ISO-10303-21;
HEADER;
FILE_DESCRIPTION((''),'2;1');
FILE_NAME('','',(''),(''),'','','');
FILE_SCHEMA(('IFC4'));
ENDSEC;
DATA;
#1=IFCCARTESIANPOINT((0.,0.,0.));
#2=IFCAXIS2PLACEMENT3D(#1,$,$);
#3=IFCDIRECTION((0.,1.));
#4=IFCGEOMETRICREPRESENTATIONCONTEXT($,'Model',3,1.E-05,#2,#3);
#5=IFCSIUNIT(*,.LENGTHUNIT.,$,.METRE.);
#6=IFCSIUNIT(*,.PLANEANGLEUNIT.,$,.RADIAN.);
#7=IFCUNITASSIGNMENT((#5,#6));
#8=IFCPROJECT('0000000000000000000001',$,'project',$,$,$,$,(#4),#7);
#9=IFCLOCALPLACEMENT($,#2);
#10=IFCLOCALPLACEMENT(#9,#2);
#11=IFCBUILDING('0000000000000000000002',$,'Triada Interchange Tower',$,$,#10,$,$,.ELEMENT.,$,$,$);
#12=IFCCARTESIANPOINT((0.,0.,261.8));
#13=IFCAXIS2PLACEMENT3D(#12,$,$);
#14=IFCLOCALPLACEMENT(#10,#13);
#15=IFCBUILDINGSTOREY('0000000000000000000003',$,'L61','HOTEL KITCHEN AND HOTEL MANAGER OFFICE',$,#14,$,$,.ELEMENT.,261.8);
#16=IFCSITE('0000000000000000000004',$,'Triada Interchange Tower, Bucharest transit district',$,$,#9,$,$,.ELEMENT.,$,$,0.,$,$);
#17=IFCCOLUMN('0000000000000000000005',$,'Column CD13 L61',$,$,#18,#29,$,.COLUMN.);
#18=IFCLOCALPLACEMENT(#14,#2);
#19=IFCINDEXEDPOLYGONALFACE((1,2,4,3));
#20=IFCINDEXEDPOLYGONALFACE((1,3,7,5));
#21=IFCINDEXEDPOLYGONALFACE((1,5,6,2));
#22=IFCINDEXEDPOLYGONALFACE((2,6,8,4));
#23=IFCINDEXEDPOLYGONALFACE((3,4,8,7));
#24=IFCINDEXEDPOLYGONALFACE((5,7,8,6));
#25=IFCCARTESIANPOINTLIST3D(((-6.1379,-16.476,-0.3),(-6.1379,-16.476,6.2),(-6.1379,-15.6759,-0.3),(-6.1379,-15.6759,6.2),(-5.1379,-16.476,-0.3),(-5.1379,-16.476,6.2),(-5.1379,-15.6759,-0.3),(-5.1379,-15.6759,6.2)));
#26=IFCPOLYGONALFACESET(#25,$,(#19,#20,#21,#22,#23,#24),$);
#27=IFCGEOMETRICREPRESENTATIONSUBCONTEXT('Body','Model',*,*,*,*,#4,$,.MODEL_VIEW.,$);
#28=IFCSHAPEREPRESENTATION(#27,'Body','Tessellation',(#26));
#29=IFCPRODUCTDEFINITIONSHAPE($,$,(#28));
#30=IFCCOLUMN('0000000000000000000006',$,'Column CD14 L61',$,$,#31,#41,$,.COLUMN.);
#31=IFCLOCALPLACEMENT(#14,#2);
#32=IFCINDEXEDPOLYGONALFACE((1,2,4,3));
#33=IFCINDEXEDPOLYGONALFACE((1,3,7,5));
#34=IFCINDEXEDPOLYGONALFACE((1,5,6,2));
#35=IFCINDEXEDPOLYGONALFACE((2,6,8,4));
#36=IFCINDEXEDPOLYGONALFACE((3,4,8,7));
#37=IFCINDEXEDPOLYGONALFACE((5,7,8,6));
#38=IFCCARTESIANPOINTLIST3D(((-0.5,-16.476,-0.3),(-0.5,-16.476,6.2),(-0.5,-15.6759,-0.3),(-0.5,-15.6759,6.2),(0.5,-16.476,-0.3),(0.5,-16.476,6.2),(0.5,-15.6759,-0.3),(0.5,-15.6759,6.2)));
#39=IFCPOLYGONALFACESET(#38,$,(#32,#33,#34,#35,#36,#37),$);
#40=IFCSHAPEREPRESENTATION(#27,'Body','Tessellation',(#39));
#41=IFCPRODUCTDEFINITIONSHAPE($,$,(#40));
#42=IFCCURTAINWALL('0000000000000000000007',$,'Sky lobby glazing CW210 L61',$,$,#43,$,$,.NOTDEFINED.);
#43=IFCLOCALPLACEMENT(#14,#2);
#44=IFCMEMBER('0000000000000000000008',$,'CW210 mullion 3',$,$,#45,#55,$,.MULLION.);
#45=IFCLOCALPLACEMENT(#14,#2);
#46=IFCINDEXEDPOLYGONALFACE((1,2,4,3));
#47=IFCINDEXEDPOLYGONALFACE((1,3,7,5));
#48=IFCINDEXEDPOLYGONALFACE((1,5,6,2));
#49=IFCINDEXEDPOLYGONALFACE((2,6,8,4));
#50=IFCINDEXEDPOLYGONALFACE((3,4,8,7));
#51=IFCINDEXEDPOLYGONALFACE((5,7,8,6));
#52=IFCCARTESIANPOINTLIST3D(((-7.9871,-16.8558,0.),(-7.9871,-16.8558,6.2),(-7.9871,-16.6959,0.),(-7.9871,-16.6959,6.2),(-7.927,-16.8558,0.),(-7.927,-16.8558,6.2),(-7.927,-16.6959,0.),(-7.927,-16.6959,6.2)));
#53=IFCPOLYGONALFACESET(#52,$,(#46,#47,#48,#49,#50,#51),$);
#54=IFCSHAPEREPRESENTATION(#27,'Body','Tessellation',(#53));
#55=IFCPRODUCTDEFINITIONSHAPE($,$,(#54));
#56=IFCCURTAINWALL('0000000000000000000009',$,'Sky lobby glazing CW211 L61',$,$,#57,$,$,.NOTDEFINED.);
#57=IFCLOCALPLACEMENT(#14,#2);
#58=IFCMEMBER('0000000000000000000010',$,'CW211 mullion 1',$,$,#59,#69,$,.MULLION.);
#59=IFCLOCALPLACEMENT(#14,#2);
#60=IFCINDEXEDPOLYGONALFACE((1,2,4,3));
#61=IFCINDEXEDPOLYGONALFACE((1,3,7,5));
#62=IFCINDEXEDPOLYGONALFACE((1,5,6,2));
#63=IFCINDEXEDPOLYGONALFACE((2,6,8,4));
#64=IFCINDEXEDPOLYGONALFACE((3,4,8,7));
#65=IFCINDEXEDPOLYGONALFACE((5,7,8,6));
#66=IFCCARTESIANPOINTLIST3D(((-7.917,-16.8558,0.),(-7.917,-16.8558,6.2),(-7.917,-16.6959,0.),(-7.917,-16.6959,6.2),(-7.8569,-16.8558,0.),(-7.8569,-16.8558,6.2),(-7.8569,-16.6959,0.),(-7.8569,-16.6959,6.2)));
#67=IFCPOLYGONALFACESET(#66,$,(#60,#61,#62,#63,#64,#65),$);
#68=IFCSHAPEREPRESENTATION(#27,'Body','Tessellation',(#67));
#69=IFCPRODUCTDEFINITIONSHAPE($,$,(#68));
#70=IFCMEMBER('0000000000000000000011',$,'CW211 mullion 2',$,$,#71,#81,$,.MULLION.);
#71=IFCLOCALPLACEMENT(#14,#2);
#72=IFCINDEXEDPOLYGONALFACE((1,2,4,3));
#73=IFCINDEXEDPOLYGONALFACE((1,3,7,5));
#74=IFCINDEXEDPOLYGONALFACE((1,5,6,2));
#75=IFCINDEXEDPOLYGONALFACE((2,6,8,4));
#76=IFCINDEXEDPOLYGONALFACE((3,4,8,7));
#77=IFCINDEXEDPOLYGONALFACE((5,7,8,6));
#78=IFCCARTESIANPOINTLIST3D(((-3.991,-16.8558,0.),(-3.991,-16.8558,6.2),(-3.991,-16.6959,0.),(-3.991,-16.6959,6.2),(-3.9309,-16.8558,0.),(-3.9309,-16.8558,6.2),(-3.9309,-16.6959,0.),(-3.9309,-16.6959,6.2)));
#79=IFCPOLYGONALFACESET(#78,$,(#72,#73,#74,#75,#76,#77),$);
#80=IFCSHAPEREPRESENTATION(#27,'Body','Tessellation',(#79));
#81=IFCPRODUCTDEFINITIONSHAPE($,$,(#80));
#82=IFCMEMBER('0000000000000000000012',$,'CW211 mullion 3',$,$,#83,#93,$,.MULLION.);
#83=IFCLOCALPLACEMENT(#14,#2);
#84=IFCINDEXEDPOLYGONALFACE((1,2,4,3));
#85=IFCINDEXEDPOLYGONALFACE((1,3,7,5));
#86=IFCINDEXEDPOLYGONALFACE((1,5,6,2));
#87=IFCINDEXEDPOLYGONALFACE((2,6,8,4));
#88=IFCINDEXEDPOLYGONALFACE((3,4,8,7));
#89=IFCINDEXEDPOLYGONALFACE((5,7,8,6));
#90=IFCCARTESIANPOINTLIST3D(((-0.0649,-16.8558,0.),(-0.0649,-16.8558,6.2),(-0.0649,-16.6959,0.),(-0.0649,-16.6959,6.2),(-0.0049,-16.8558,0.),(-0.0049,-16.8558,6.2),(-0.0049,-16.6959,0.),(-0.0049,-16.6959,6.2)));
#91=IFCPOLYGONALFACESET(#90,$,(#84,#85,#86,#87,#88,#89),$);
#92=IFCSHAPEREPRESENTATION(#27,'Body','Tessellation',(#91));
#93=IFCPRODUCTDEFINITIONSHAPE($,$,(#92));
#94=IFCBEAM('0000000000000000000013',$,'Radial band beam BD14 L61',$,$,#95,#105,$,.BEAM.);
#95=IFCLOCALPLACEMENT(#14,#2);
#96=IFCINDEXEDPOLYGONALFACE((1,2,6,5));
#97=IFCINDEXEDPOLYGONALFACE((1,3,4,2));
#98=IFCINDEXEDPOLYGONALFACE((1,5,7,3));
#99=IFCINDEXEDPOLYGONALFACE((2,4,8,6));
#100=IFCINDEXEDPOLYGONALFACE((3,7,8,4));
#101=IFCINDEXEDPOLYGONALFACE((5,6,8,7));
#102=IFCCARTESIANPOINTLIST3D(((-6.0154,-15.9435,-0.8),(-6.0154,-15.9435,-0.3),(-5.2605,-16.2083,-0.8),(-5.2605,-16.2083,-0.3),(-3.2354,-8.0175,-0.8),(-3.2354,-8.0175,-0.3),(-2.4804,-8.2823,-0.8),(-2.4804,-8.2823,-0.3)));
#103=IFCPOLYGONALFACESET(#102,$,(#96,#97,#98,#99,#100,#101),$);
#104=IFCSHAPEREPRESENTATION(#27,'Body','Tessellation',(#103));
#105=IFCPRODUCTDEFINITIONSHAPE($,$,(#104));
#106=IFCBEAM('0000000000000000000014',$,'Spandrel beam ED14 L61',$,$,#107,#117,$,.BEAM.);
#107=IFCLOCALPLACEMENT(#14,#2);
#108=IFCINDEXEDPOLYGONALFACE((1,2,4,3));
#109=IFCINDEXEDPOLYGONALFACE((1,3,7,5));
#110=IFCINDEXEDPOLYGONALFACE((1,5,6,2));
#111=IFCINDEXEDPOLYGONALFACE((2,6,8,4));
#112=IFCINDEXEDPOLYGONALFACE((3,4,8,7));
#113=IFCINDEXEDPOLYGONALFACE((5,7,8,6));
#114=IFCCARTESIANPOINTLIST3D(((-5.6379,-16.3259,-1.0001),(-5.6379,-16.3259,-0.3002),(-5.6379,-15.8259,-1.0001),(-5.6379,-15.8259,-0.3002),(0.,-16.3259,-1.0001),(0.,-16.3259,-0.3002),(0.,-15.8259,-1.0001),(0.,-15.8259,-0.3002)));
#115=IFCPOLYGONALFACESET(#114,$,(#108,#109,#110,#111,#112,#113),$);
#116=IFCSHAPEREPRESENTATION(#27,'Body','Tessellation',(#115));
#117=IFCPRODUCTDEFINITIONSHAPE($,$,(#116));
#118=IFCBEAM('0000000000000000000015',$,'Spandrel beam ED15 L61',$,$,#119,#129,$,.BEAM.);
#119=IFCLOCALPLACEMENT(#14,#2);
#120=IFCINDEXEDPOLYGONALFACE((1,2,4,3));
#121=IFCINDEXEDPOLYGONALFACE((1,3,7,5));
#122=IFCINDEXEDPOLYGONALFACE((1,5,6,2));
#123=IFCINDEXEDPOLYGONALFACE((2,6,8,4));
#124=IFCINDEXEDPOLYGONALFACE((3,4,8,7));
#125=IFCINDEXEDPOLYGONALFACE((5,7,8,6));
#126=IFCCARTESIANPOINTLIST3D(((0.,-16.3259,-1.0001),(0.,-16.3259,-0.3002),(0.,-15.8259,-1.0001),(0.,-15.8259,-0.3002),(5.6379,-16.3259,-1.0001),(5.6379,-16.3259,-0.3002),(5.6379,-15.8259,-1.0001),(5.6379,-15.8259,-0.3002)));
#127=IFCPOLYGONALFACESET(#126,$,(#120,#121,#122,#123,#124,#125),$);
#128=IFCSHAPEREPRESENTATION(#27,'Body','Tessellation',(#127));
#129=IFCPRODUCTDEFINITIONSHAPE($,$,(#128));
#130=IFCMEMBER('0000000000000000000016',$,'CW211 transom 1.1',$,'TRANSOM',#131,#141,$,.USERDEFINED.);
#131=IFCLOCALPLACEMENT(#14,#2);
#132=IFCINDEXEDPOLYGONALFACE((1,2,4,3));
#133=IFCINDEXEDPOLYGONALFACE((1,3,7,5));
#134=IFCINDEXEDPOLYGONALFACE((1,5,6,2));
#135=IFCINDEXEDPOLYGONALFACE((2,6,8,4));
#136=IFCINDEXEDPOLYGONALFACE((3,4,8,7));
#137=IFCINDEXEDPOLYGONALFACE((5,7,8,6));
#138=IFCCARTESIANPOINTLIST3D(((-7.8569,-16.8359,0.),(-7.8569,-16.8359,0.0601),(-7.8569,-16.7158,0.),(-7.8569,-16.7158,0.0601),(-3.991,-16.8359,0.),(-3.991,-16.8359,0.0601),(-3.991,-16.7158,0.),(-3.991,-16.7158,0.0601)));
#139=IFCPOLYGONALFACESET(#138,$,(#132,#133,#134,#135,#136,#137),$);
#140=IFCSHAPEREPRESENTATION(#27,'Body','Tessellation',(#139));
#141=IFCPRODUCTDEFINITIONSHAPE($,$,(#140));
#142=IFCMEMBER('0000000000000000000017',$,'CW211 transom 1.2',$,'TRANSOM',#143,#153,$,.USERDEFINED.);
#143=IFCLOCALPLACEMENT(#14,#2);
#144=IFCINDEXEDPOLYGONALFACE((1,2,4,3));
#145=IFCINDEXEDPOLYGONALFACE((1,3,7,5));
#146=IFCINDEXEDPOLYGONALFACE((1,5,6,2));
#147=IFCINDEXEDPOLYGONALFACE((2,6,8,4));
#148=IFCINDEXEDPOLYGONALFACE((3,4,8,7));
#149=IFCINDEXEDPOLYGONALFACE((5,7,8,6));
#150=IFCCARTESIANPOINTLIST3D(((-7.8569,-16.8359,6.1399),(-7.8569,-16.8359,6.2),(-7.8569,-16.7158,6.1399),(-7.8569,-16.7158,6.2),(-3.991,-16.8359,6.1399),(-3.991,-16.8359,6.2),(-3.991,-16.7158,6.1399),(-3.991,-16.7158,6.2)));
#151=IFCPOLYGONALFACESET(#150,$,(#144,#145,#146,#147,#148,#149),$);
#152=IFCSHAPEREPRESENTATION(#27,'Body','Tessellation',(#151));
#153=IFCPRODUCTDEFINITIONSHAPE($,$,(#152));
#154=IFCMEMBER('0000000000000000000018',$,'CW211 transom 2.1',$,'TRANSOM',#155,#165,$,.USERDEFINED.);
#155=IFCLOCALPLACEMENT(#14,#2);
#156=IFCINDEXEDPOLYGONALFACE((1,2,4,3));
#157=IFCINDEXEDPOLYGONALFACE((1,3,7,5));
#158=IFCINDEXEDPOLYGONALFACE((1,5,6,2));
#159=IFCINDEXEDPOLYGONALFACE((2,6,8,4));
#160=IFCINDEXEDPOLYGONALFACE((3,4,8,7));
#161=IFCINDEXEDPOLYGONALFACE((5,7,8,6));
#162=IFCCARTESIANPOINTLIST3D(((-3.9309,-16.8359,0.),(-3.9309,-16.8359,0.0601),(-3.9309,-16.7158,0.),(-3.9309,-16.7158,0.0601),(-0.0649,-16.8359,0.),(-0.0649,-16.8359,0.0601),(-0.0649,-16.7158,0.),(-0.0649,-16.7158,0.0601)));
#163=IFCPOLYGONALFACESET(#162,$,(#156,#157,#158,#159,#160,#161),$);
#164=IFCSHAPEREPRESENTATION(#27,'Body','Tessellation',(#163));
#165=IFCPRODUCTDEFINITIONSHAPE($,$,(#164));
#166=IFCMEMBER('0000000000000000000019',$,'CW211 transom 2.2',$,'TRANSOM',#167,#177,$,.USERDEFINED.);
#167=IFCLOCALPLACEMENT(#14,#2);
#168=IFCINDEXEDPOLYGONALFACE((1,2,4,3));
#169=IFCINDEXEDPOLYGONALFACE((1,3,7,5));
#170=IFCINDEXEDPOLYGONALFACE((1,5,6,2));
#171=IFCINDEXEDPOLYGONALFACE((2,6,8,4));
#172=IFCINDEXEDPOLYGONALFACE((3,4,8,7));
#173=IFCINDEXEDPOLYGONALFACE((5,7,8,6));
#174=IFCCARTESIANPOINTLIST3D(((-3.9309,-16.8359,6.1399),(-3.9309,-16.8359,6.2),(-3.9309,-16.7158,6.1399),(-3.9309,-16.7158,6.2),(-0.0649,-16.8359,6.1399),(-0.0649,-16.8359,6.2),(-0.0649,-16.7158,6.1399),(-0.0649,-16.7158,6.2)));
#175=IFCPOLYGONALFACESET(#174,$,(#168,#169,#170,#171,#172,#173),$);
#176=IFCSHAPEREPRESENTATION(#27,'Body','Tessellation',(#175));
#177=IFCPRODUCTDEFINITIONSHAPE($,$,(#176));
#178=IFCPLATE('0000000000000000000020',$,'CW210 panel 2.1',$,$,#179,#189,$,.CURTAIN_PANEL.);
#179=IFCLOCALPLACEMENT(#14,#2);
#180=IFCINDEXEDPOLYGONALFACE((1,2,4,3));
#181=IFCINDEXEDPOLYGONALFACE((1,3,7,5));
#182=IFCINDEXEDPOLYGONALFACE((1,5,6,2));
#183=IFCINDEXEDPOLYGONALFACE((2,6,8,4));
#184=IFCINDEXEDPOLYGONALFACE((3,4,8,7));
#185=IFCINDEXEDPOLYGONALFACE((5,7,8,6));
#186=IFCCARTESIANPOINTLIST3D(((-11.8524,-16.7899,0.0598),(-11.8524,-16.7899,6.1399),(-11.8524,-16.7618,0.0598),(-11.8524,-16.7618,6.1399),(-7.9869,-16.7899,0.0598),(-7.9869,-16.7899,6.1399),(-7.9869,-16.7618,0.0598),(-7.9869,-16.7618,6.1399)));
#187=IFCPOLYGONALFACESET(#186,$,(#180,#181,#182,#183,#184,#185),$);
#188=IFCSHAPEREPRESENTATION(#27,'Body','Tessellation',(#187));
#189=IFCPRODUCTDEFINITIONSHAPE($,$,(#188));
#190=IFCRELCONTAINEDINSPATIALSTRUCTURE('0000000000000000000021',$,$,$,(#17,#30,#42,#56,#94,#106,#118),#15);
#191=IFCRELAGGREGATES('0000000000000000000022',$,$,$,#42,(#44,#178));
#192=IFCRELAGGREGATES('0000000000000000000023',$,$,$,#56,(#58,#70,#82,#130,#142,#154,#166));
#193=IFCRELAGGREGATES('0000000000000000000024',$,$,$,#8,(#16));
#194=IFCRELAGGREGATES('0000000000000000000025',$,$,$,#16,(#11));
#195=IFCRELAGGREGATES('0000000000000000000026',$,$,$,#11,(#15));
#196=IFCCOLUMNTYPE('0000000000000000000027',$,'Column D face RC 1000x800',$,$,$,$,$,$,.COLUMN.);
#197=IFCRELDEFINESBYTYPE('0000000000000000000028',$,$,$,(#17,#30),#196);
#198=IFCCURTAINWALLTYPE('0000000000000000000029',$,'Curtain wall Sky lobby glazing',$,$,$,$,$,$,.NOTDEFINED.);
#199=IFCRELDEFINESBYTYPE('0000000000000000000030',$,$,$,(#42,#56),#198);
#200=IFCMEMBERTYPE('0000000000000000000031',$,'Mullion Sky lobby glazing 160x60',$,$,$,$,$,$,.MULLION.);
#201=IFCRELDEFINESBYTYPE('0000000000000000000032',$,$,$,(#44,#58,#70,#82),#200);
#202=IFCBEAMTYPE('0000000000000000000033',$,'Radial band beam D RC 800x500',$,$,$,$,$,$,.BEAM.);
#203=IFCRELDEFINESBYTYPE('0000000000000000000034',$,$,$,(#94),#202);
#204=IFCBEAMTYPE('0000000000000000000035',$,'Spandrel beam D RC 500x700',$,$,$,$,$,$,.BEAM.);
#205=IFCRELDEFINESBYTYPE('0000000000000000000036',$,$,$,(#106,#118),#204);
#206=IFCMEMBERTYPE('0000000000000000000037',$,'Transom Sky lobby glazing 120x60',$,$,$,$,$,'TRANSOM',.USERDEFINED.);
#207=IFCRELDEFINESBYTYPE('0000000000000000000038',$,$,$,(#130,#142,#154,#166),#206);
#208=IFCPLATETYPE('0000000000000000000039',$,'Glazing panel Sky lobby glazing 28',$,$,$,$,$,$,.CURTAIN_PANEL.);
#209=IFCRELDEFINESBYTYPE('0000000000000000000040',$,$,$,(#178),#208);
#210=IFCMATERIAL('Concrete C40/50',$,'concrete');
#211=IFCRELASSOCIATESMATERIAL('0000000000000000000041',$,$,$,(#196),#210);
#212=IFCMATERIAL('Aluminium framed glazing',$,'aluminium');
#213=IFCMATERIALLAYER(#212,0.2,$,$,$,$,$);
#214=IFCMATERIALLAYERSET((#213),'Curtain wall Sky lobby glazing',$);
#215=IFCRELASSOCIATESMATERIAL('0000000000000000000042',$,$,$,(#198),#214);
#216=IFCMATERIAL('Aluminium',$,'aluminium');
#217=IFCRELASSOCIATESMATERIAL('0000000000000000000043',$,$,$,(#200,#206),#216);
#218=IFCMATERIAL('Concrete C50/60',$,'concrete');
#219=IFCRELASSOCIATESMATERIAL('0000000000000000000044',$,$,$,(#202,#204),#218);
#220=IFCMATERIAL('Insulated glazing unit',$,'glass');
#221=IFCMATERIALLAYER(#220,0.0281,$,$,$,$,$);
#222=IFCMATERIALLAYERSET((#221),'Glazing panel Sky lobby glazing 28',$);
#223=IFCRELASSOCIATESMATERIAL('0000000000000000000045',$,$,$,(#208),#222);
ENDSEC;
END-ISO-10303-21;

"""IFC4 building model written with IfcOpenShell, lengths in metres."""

from ifc_helpers import new_model, si_unit, direction, frame, origin, origin_2d, place, context, subcontext, project, spatial, rectangle, extrude, material, layer, layer_set, material_profile, profile_set, type_object, element, aggregate, save


model = new_model("IFC4")

# Units and contexts
model_context = context("Model", 3, precision=1e-05, world=origin(), true_north=direction((0.0, 1.0)))
body_context = subcontext(model_context, "Body", "Model", "MODEL_VIEW")
ifc_project = project(units=[si_unit("LENGTHUNIT", "METRE"), si_unit("PLANEANGLEUNIT", "RADIAN")], contexts=[model_context])

# Site, building, storey
site_placement = place(None, origin())
site = spatial("IfcSite", under=ifc_project, at=site_placement, Name="Triada Interchange Tower, Bucharest transit district", CompositionType="ELEMENT", RefElevation=0.0)
building_placement = place(site_placement, origin())
building = spatial("IfcBuilding", under=site, at=building_placement, Name="Triada Interchange Tower", CompositionType="ELEMENT")
storey_placement = place(building_placement, frame((0.0, 0.0, 261.8)))
storey = spatial("IfcBuildingStorey", under=building, at=storey_placement, Name="L61", Description="HOTEL KITCHEN AND HOTEL MANAGER OFFICE", CompositionType="ELEMENT", Elevation=261.8)

# Columns
ifc_material_1 = material(Name="Concrete C40/50", Category="concrete")
ifc_material_profile_1 = material_profile(ifc_material_1, rectangle(XDim=1.0, YDim=0.8, at=origin_2d()), Name="RC 1000x800")
ifc_profile_set_1 = profile_set([ifc_material_profile_1], Name="Concrete C40/50")
column_type = type_object("IfcColumnType", Name="Column D face RC 1000x800", PredefinedType="COLUMN", material=ifc_profile_set_1)
for number, where, z_axis, x_axis, name in (
    (1, (-5.6379, -16.0759, -0.3), (0.0, 0.0, 1.0), (1.0, 0.0, 0.0), "Column CD13 L61"),
    (2, (0.0, -16.0759, -0.3), (0.0, 0.0, 1.0), (1.0, 0.0, 0.0), "Column CD14 L61"),
):
    element("IfcColumn", number, at=place(storey_placement, frame(where, z_axis=z_axis, x_axis=x_axis)), inside=storey, type_object=column_type, Name=name, PredefinedType="COLUMN", context=body_context, shape_type="SweptSolid", body=[
        extrude(rectangle(XDim=1.0, YDim=0.8, at=origin_2d()), origin(), (0.0, 0.0, 1.0), 6.5),
    ])

# Curtain wall, member
ifc_material_2 = material(Name="Aluminium framed glazing", Category="aluminium")
ifc_layer_1 = layer(ifc_material_2, 0.2)
ifc_layer_set_1 = layer_set([ifc_layer_1], Name="Curtain wall Sky lobby glazing")
curtain_wall_type = type_object("IfcCurtainWallType", Name="Curtain wall Sky lobby glazing", PredefinedType="NOTDEFINED", material=ifc_layer_set_1)
curtain_wall_1_placement = place(storey_placement, origin())
curtain_wall_1 = element("IfcCurtainWall", 3, at=curtain_wall_1_placement, inside=storey, type_object=curtain_wall_type, Name="Sky lobby glazing CW210 L61", PredefinedType="NOTDEFINED")
ifc_material_3 = material(Name="Aluminium", Category="aluminium")
ifc_material_profile_2 = material_profile(ifc_material_3, rectangle(XDim=0.1599, YDim=0.0601, at=origin_2d()), Name="Aluminium mullion")
ifc_profile_set_2 = profile_set([ifc_material_profile_2], Name="Aluminium")
member_type_1 = type_object("IfcMemberType", Name="Mullion Sky lobby glazing 160x60", PredefinedType="MULLION", material=ifc_profile_set_2)
member_1_placement = place(storey_placement, frame((-7.957, -16.7759, 0.0), z_axis=(0.0, 0.0, 1.0), x_axis=(0.0, 1.0, 0.0)))
member_1 = element("IfcMember", 4, at=member_1_placement, type_object=member_type_1, Name="CW210 mullion 3", PredefinedType="MULLION", context=body_context, shape_type="SweptSolid", body=[
    extrude(rectangle(XDim=0.1599, YDim=0.0601, at=origin_2d()), origin(), (0.0, 0.0, 1.0), 6.2),
])

# Curtain wall, members
curtain_wall_2_placement = place(storey_placement, origin())
curtain_wall_2 = element("IfcCurtainWall", 5, at=curtain_wall_2_placement, inside=storey, type_object=curtain_wall_type, Name="Sky lobby glazing CW211 L61", PredefinedType="NOTDEFINED")
member_2_placement = place(storey_placement, frame((-7.887, -16.7759, 0.0), z_axis=(0.0, 0.0, 1.0), x_axis=(0.0, 1.0, 0.0)))
member_2 = element("IfcMember", 6, at=member_2_placement, type_object=member_type_1, Name="CW211 mullion 1", PredefinedType="MULLION", context=body_context, shape_type="SweptSolid", body=[
    extrude(rectangle(XDim=0.1599, YDim=0.0601, at=origin_2d()), origin(), (0.0, 0.0, 1.0), 6.2),
])
member_3_placement = place(storey_placement, frame((-3.9609, -16.7759, 0.0), z_axis=(0.0, 0.0, 1.0), x_axis=(0.0, 1.0, 0.0)))
member_3 = element("IfcMember", 7, at=member_3_placement, type_object=member_type_1, Name="CW211 mullion 2", PredefinedType="MULLION", context=body_context, shape_type="SweptSolid", body=[
    extrude(rectangle(XDim=0.1599, YDim=0.0601, at=origin_2d()), origin(), (0.0, 0.0, 1.0), 6.2),
])
member_4_placement = place(storey_placement, frame((-0.0349, -16.7759, 0.0), z_axis=(0.0, 0.0, 1.0), x_axis=(0.0, 1.0, 0.0)))
member_4 = element("IfcMember", 8, at=member_4_placement, type_object=member_type_1, Name="CW211 mullion 3", PredefinedType="MULLION", context=body_context, shape_type="SweptSolid", body=[
    extrude(rectangle(XDim=0.1599, YDim=0.0601, at=origin_2d()), origin(), (0.0, 0.0, 1.0), 6.2),
])

# Beams
ifc_material_4 = material(Name="Concrete C50/60", Category="concrete")
ifc_material_profile_3 = material_profile(ifc_material_4, rectangle(XDim=0.8, YDim=0.5, at=origin_2d()), Name="RC 800x500")
ifc_profile_set_3 = profile_set([ifc_material_profile_3], Name="Concrete C50/60")
beam_type_1 = type_object("IfcBeamType", Name="Radial band beam D RC 800x500", PredefinedType="BEAM", material=ifc_profile_set_3)
beam_placement = place(storey_placement, frame((-5.6379, -16.0759, -0.55), z_axis=(0.330978, 0.943638, 0.0), x_axis=(-0.943638, 0.330978, 0.0)))
element("IfcBeam", 9, at=beam_placement, inside=storey, type_object=beam_type_1, Name="Radial band beam BD14 L61", PredefinedType="BEAM", context=body_context, shape_type="SweptSolid", body=[
    extrude(rectangle(XDim=0.8, YDim=0.5, at=origin_2d()), origin(), (0.0, 0.0, 1.0), 8.3994),
])
ifc_material_profile_4 = material_profile(ifc_material_4, rectangle(XDim=0.5, YDim=0.7, at=origin_2d()), Name="RC 500x700")
ifc_profile_set_4 = profile_set([ifc_material_profile_4], Name="Concrete C50/60")
beam_type_2 = type_object("IfcBeamType", Name="Spandrel beam D RC 500x700", PredefinedType="BEAM", material=ifc_profile_set_4)
for number, where, z_axis, x_axis, name in (
    (10, (-5.6379, -16.0759, -0.6501), (1.0, 0.0, 0.0), (0.0, 1.0, 0.0), "Spandrel beam ED14 L61"),
    (11, (0.0, -16.0759, -0.6501), (1.0, 0.0, 0.0), (0.0, 1.0, 0.0), "Spandrel beam ED15 L61"),
):
    element("IfcBeam", number, at=place(storey_placement, frame(where, z_axis=z_axis, x_axis=x_axis)), inside=storey, type_object=beam_type_2, Name=name, PredefinedType="BEAM", context=body_context, shape_type="SweptSolid", body=[
        extrude(rectangle(XDim=0.5, YDim=0.7, at=origin_2d()), origin(), (0.0, 0.0, 1.0), 5.6379),
    ])

# Members
ifc_material_profile_5 = material_profile(ifc_material_3, rectangle(XDim=0.1201, YDim=0.0601, at=origin_2d()), Name="Aluminium transom")
ifc_profile_set_5 = profile_set([ifc_material_profile_5], Name="Aluminium")
member_type_2 = type_object("IfcMemberType", Name="Transom Sky lobby glazing 120x60", ElementType="TRANSOM", PredefinedType="USERDEFINED", material=ifc_profile_set_5)
member_5_placement = place(storey_placement, frame((-7.8569, -16.7759, 0.03), z_axis=(1.0, 0.0, 0.0), x_axis=(0.0, 1.0, 0.0)))
member_5 = element("IfcMember", 12, at=member_5_placement, type_object=member_type_2, Name="CW211 transom 1.1", ObjectType="TRANSOM", PredefinedType="USERDEFINED", context=body_context, shape_type="SweptSolid", body=[
    extrude(rectangle(XDim=0.1201, YDim=0.0601, at=origin_2d()), origin(), (0.0, 0.0, 1.0), 3.866),
])
member_6_placement = place(storey_placement, frame((-7.8569, -16.7759, 6.1699), z_axis=(1.0, 0.0, 0.0), x_axis=(0.0, 1.0, 0.0)))
member_6 = element("IfcMember", 13, at=member_6_placement, type_object=member_type_2, Name="CW211 transom 1.2", ObjectType="TRANSOM", PredefinedType="USERDEFINED", context=body_context, shape_type="SweptSolid", body=[
    extrude(rectangle(XDim=0.1201, YDim=0.0601, at=origin_2d()), origin(), (0.0, 0.0, 1.0), 3.866),
])
member_7_placement = place(storey_placement, frame((-3.9309, -16.7759, 0.03), z_axis=(1.0, 0.0, 0.0), x_axis=(0.0, 1.0, 0.0)))
member_7 = element("IfcMember", 14, at=member_7_placement, type_object=member_type_2, Name="CW211 transom 2.1", ObjectType="TRANSOM", PredefinedType="USERDEFINED", context=body_context, shape_type="SweptSolid", body=[
    extrude(rectangle(XDim=0.1201, YDim=0.0601, at=origin_2d()), origin(), (0.0, 0.0, 1.0), 3.866),
])
member_8_placement = place(storey_placement, frame((-3.9309, -16.7759, 6.1699), z_axis=(1.0, 0.0, 0.0), x_axis=(0.0, 1.0, 0.0)))
member_8 = element("IfcMember", 15, at=member_8_placement, type_object=member_type_2, Name="CW211 transom 2.2", ObjectType="TRANSOM", PredefinedType="USERDEFINED", context=body_context, shape_type="SweptSolid", body=[
    extrude(rectangle(XDim=0.1201, YDim=0.0601, at=origin_2d()), origin(), (0.0, 0.0, 1.0), 3.866),
])

# Plate
ifc_material_5 = material(Name="Insulated glazing unit", Category="glass")
ifc_layer_2 = layer(ifc_material_5, 0.0281)
ifc_layer_set_2 = layer_set([ifc_layer_2], Name="Glazing panel Sky lobby glazing 28")
plate_type = type_object("IfcPlateType", Name="Glazing panel Sky lobby glazing 28", PredefinedType="CURTAIN_PANEL", material=ifc_layer_set_2)
plate_1_placement = place(storey_placement, frame((-9.9197, -16.7759, 0.0598), z_axis=(0.0, 0.0, 1.0), x_axis=(1.0, 0.0, 0.0)))
plate_1 = element("IfcPlate", 16, at=plate_1_placement, type_object=plate_type, Name="CW210 panel 2.1", PredefinedType="CURTAIN_PANEL", context=body_context, shape_type="SweptSolid", body=[
    extrude(rectangle(XDim=3.8655, YDim=0.0281, at=origin_2d()), origin(), (0.0, 0.0, 1.0), 6.0801),
])
aggregate(curtain_wall_1, [member_1, plate_1])
aggregate(curtain_wall_2, [member_2, member_3, member_4, member_5, member_6, member_7, member_8])

save(model, "model.ifc")
